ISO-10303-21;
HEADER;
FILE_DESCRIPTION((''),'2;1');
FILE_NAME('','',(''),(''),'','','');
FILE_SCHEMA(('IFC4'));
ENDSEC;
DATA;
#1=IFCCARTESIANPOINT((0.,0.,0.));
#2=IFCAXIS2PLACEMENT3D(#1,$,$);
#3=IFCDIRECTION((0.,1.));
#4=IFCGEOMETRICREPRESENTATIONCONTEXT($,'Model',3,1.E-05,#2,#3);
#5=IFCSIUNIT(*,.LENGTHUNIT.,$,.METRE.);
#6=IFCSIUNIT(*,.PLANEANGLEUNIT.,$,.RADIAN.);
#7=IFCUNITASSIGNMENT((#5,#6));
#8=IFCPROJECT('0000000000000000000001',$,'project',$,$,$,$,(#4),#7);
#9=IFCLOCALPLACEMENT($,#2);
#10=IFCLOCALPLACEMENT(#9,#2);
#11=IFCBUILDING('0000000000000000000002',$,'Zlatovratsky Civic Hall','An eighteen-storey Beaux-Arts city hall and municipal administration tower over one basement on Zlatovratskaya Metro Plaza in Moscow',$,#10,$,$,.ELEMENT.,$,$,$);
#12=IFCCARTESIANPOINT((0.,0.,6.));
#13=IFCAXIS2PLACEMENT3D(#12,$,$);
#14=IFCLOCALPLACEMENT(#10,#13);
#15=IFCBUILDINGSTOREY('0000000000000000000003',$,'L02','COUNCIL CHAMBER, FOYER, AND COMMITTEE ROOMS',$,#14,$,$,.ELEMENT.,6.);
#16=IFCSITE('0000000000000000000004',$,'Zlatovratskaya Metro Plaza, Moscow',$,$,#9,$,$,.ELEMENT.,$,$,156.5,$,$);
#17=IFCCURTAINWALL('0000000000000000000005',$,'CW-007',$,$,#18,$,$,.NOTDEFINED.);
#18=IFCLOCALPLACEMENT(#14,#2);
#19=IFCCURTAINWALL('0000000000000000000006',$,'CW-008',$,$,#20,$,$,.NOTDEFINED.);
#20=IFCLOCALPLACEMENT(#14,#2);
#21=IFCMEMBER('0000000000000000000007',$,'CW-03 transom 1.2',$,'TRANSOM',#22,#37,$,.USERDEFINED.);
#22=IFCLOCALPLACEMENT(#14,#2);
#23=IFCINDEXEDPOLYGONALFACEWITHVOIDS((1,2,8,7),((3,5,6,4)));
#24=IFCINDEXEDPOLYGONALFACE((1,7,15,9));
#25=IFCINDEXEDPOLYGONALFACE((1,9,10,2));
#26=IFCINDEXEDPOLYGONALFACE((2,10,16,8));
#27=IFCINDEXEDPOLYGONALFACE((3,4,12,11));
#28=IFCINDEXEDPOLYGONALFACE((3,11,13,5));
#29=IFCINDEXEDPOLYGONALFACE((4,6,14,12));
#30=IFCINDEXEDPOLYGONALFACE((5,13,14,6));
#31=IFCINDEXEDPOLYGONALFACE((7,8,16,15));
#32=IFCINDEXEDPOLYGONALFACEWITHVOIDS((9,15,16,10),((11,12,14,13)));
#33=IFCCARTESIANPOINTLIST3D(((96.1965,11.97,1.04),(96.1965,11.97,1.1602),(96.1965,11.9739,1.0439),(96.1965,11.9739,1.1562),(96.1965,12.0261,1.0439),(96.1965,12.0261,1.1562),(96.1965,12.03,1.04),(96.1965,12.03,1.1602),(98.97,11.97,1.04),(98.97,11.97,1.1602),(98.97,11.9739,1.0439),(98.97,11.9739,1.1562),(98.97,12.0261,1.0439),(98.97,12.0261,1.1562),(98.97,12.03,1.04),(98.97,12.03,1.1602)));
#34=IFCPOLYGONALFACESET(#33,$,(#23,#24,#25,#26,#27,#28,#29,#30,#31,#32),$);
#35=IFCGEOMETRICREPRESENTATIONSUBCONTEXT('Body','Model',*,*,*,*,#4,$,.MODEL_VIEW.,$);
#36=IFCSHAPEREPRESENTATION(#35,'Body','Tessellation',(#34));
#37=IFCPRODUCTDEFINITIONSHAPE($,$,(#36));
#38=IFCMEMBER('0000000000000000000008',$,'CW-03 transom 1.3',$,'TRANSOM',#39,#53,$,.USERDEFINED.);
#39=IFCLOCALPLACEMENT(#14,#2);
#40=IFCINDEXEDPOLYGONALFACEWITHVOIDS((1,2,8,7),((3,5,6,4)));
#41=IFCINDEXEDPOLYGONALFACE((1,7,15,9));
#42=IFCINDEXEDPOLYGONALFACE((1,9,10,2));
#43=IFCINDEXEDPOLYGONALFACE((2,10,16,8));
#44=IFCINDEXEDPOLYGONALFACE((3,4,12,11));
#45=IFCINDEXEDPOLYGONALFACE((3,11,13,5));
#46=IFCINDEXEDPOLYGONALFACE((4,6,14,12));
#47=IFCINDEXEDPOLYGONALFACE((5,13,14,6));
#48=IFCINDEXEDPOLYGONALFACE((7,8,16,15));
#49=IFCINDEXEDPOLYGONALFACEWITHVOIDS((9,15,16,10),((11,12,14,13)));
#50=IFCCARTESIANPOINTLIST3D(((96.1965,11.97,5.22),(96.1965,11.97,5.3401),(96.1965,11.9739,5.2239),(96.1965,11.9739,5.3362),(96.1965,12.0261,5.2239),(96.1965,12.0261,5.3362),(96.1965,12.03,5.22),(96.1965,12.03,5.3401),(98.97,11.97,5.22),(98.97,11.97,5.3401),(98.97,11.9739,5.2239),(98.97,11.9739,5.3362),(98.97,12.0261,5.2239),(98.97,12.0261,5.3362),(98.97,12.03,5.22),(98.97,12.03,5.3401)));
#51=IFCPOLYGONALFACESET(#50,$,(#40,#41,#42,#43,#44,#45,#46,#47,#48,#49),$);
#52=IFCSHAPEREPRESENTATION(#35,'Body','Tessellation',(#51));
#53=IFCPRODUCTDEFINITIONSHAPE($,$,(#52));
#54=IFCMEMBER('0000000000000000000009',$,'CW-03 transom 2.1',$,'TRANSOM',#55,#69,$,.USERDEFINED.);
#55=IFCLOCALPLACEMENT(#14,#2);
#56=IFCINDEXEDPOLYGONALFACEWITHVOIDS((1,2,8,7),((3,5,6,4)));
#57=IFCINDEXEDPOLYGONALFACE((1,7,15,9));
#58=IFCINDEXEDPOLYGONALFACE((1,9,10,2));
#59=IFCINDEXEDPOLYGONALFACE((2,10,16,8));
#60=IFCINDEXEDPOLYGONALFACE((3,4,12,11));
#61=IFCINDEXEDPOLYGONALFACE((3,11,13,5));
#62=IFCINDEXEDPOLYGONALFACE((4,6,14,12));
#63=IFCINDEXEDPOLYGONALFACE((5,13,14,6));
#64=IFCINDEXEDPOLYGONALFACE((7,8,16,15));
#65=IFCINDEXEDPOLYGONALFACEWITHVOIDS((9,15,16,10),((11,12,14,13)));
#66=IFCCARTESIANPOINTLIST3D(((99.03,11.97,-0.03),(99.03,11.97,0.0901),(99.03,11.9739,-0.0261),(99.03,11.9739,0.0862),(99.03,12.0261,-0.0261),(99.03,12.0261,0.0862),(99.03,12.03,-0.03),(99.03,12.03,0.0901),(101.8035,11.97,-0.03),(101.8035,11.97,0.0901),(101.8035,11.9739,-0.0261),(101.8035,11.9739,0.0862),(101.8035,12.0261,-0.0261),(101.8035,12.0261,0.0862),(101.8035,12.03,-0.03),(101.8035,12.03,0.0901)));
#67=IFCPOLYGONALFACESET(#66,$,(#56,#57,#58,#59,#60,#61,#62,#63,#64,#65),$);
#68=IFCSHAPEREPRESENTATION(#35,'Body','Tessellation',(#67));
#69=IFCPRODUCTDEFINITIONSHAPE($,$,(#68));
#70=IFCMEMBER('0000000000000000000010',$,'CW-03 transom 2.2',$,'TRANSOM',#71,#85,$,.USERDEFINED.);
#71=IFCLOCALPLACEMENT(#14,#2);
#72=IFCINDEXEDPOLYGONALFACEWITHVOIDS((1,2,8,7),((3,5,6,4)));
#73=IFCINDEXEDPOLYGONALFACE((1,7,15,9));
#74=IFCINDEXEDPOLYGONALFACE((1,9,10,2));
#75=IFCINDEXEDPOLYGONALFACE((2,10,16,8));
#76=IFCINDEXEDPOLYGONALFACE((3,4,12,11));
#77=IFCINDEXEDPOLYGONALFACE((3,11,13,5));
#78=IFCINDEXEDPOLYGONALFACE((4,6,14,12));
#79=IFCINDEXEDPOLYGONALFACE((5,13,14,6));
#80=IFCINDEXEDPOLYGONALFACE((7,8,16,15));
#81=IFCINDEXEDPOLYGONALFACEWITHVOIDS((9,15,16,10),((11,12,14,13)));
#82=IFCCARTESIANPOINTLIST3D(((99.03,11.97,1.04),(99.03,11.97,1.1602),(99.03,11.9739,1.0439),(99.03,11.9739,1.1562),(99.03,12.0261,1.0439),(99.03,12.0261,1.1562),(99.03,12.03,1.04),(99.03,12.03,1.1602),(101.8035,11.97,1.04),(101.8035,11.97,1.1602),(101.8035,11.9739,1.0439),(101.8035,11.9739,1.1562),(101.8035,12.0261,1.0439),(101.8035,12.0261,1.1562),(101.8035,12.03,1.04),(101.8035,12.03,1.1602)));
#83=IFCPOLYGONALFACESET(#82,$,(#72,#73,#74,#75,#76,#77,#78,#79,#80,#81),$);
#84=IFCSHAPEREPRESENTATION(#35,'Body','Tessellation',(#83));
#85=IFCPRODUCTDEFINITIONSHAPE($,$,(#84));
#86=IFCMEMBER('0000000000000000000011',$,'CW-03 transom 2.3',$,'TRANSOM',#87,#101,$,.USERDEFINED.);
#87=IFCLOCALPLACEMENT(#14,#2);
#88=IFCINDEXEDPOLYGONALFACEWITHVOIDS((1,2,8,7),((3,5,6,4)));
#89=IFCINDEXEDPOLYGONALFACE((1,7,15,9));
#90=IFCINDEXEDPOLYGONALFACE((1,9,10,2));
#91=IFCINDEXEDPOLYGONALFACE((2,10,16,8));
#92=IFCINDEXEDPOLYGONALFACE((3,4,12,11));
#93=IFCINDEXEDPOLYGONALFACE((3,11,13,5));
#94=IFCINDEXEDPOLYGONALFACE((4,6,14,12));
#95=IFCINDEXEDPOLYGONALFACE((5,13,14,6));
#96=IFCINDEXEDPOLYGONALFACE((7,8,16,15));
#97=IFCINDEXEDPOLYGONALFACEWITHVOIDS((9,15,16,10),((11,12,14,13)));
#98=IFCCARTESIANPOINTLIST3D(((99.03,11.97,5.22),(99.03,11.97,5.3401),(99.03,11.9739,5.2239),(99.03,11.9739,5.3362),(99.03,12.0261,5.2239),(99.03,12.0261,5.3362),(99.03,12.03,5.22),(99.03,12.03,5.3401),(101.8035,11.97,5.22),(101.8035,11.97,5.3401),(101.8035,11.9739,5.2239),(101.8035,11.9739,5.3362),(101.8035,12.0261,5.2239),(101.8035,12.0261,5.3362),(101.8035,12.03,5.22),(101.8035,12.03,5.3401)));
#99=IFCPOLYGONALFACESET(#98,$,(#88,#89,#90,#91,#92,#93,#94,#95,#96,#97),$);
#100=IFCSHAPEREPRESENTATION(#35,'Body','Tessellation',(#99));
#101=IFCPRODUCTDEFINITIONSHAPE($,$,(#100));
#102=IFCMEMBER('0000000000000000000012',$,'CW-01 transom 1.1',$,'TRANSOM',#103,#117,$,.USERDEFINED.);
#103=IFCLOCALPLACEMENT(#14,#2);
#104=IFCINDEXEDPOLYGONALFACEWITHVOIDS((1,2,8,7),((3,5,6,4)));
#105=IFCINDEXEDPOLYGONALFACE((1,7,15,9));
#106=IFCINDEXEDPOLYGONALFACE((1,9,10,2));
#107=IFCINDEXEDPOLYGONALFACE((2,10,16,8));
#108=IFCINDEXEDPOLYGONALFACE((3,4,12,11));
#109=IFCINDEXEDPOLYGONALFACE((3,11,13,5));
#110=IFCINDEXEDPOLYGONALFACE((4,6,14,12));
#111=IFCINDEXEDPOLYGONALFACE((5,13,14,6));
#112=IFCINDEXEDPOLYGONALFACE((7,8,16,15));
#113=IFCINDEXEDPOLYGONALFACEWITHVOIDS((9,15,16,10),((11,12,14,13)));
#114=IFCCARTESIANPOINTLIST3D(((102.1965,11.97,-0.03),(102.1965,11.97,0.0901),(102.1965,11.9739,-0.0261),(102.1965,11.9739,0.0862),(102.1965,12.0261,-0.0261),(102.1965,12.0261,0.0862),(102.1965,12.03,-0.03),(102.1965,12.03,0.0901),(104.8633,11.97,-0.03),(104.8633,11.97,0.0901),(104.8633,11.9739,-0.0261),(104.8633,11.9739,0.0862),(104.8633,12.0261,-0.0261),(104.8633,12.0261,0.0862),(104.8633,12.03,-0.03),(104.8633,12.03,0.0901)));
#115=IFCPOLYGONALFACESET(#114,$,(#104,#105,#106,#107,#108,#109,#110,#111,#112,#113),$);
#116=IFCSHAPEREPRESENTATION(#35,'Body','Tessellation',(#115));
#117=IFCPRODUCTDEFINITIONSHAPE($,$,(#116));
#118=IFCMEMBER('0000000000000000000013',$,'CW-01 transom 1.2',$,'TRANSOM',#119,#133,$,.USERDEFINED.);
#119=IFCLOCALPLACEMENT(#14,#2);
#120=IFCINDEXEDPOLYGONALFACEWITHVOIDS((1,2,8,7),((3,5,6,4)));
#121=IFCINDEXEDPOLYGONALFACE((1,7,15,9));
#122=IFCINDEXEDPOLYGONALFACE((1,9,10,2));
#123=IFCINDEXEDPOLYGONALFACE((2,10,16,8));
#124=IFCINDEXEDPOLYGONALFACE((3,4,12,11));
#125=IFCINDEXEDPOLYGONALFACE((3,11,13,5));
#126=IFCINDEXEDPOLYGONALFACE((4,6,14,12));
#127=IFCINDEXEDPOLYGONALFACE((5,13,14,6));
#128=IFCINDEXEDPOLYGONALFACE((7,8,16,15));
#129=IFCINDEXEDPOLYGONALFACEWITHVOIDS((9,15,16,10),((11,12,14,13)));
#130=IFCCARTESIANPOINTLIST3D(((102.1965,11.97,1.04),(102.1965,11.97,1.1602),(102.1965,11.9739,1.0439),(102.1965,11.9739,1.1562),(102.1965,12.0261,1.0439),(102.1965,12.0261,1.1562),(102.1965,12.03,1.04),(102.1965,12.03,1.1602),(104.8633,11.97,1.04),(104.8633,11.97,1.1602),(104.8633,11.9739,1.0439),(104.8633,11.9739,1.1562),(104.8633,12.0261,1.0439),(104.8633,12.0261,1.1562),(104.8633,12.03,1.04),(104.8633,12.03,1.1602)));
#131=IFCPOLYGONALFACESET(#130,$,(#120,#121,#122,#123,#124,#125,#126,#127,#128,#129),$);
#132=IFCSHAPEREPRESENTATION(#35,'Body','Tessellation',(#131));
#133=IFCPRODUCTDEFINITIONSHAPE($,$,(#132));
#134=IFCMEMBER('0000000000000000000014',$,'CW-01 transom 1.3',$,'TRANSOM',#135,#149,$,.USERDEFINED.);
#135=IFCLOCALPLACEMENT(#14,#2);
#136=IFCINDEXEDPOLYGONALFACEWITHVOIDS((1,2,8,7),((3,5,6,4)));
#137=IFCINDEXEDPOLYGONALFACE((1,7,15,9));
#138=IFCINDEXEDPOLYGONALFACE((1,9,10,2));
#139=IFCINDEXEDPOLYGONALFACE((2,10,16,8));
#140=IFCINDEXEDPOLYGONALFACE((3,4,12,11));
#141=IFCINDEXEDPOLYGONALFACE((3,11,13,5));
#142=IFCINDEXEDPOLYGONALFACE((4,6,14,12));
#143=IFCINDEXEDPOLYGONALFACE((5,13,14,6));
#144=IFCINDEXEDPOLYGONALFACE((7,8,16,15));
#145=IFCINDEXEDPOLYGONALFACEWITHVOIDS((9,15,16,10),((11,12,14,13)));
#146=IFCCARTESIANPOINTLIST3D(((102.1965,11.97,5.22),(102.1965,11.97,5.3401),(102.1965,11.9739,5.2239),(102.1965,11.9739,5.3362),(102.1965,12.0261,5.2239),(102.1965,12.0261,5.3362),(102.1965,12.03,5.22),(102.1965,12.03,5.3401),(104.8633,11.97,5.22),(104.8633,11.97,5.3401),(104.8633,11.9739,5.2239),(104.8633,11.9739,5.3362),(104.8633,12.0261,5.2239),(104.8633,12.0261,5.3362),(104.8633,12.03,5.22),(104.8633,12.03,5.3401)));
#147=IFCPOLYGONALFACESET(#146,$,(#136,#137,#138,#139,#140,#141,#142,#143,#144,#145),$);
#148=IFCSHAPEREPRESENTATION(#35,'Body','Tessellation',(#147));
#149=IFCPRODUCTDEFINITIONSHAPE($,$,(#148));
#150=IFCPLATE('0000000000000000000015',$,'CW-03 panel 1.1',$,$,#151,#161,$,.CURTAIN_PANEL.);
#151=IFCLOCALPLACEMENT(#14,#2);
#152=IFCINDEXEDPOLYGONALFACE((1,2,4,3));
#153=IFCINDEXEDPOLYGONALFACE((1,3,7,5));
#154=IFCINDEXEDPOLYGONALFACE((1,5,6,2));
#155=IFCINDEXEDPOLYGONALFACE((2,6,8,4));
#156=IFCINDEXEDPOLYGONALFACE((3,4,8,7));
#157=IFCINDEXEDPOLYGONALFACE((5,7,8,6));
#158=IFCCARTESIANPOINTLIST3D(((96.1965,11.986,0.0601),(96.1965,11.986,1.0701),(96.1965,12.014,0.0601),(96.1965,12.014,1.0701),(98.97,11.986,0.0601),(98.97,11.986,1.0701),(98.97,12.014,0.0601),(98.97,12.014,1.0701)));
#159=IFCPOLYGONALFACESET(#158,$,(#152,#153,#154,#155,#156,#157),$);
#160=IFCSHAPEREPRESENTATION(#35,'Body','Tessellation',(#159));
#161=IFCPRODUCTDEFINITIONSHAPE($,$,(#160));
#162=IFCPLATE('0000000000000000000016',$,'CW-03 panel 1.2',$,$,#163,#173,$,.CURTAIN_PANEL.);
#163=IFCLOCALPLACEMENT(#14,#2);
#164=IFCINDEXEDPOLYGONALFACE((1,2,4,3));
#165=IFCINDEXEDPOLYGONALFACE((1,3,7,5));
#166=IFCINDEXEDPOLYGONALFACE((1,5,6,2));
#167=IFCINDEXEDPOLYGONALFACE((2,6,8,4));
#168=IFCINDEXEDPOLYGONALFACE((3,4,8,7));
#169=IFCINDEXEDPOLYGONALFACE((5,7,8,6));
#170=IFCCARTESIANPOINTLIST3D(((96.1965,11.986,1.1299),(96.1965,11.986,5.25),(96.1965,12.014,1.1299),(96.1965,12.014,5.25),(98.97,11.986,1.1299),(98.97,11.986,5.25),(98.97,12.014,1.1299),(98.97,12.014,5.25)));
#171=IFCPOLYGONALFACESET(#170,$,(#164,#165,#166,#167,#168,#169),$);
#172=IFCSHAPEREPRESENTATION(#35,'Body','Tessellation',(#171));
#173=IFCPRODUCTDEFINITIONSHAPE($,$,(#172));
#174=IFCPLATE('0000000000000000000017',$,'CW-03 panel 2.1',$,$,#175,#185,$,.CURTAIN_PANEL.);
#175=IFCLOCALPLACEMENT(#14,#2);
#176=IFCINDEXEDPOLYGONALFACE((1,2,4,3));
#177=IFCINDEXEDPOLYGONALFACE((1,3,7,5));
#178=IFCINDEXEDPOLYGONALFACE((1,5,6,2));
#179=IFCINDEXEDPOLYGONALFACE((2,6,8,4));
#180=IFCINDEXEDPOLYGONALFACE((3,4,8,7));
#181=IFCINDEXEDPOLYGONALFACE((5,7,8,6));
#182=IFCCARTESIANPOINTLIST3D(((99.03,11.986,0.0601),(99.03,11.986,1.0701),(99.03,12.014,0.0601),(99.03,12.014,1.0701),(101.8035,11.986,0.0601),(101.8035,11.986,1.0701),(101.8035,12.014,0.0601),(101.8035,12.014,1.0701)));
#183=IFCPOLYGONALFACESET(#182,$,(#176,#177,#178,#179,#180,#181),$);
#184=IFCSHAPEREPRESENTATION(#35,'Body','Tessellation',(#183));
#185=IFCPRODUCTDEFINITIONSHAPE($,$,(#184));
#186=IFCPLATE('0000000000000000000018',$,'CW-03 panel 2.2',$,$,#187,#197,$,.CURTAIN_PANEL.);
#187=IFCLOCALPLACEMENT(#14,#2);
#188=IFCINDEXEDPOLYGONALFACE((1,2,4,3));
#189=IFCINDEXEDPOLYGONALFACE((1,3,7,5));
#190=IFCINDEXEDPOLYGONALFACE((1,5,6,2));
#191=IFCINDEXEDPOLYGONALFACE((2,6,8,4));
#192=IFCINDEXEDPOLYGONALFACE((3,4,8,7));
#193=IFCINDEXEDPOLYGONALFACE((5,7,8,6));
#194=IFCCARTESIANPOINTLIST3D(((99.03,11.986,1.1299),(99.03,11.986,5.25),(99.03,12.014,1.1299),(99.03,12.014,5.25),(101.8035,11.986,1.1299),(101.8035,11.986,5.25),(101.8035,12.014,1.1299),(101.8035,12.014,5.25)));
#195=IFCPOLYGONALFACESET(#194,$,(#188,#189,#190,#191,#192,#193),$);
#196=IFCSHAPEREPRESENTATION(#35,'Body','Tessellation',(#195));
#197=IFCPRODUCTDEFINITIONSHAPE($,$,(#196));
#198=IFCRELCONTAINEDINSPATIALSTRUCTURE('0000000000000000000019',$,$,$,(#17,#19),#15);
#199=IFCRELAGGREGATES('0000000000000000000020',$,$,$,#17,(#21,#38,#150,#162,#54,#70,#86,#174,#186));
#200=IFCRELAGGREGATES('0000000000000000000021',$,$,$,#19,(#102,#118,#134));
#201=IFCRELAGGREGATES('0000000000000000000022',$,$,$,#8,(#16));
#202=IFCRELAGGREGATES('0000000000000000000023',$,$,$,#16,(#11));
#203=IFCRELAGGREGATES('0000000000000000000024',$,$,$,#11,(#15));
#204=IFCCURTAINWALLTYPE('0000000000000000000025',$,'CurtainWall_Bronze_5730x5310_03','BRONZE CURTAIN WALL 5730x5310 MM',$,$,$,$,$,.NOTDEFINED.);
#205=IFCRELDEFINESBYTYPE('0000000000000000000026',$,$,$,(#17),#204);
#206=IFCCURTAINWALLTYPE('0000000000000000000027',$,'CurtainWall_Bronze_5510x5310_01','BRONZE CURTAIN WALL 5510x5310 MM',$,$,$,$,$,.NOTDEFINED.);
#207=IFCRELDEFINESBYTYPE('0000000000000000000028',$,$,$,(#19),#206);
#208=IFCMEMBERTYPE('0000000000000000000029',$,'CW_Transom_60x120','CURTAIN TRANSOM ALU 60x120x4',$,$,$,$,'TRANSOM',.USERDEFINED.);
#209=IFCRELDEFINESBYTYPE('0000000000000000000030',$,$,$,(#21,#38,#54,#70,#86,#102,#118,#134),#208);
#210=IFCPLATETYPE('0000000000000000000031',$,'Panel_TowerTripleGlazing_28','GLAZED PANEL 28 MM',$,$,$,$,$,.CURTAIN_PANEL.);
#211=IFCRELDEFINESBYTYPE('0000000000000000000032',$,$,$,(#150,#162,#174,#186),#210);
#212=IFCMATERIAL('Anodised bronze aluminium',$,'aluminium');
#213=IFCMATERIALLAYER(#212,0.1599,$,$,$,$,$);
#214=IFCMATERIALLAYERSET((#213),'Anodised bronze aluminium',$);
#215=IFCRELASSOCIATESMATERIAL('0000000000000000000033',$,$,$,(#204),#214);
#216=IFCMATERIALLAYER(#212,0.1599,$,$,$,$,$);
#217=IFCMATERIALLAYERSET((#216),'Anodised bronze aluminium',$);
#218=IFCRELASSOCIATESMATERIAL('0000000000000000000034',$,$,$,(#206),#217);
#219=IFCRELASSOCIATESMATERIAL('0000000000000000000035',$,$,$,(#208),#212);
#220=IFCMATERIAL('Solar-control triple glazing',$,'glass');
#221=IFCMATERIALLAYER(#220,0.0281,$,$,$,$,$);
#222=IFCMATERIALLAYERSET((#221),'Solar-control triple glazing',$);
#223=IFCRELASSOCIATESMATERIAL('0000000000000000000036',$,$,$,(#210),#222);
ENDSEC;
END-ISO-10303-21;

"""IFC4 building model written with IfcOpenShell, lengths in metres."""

from ifc_helpers import new_model, si_unit, direction, frame, origin, origin_2d, place, context, subcontext, project, spatial, rectangle, hollow_rectangle, extrude, material, layer, layer_set, material_profile, profile_set, type_object, element, aggregate, save


model = new_model("IFC4")

# Units and contexts
model_context = context("Model", 3, precision=1e-05, world=origin(), true_north=direction((0.0, 1.0)))
body_context = subcontext(model_context, "Body", "Model", "MODEL_VIEW")
ifc_project = project(units=[si_unit("LENGTHUNIT", "METRE"), si_unit("PLANEANGLEUNIT", "RADIAN")], contexts=[model_context])

# Site, building, storey
site_placement = place(None, origin())
site = spatial("IfcSite", under=ifc_project, at=site_placement, Name="Zlatovratskaya Metro Plaza, Moscow", CompositionType="ELEMENT", RefElevation=156.5)
building_placement = place(site_placement, origin())
building = spatial("IfcBuilding", under=site, at=building_placement, Name="Zlatovratsky Civic Hall", Description="An eighteen-storey Beaux-Arts city hall and municipal administration tower over one basement on Zlatovratskaya Metro Plaza in Moscow", CompositionType="ELEMENT")
storey_placement = place(building_placement, frame((0.0, 0.0, 6.0)))
storey = spatial("IfcBuildingStorey", under=building, at=storey_placement, Name="L02", Description="COUNCIL CHAMBER, FOYER, AND COMMITTEE ROOMS", CompositionType="ELEMENT", Elevation=6.0)

# Curtain wall
ifc_material_1 = material(Name="Anodised bronze aluminium", Category="aluminium")
ifc_layer_1 = layer(ifc_material_1, 0.1599)
ifc_layer_set_1 = layer_set([ifc_layer_1], Name="Anodised bronze aluminium")
curtain_wall_type_1 = type_object("IfcCurtainWallType", Name="CurtainWall_Bronze_5730x5310_03", Description="BRONZE CURTAIN WALL 5730x5310 MM", PredefinedType="NOTDEFINED", material=ifc_layer_set_1)
curtain_wall_1_placement = place(storey_placement, origin())
curtain_wall_1 = element("IfcCurtainWall", 1, at=curtain_wall_1_placement, inside=storey, type_object=curtain_wall_type_1, Name="CW-007", PredefinedType="NOTDEFINED")

# Curtain wall
ifc_layer_2 = layer(ifc_material_1, 0.1599)
ifc_layer_set_2 = layer_set([ifc_layer_2], Name="Anodised bronze aluminium")
curtain_wall_type_2 = type_object("IfcCurtainWallType", Name="CurtainWall_Bronze_5510x5310_01", Description="BRONZE CURTAIN WALL 5510x5310 MM", PredefinedType="NOTDEFINED", material=ifc_layer_set_2)
curtain_wall_2_placement = place(storey_placement, origin())
curtain_wall_2 = element("IfcCurtainWall", 2, at=curtain_wall_2_placement, inside=storey, type_object=curtain_wall_type_2, Name="CW-008", PredefinedType="NOTDEFINED")

# Members
ifc_material_profile_1 = material_profile(ifc_material_1, hollow_rectangle(XDim=0.0601, YDim=0.1201, WallThickness=0.0039, at=origin_2d()), Name="ALU 60x120x4")
ifc_profile_set_1 = profile_set([ifc_material_profile_1], Name="Anodised bronze aluminium")
member_type_1 = type_object("IfcMemberType", Name="CW_Transom_60x120", Description="CURTAIN TRANSOM ALU 60x120x4", ElementType="TRANSOM", PredefinedType="USERDEFINED", material=ifc_profile_set_1)
member_1_placement = place(storey_placement, frame((96.1965, 12.0, 1.1001), z_axis=(1.0, 0.0, 0.0), x_axis=(0.0, 1.0, 0.0)))
member_1 = element("IfcMember", 3, at=member_1_placement, type_object=member_type_1, Name="CW-03 transom 1.2", ObjectType="TRANSOM", PredefinedType="USERDEFINED", context=body_context, shape_type="SweptSolid", body=[
    extrude(hollow_rectangle(XDim=0.0601, YDim=0.1201, WallThickness=0.0039, at=origin_2d()), origin(), (0.0, 0.0, 1.0), 2.7734),
])
member_2_placement = place(storey_placement, frame((96.1965, 12.0, 5.28), z_axis=(1.0, 0.0, 0.0), x_axis=(0.0, 1.0, 0.0)))
member_2 = element("IfcMember", 4, at=member_2_placement, type_object=member_type_1, Name="CW-03 transom 1.3", ObjectType="TRANSOM", PredefinedType="USERDEFINED", context=body_context, shape_type="SweptSolid", body=[
    extrude(hollow_rectangle(XDim=0.0601, YDim=0.1201, WallThickness=0.0039, at=origin_2d()), origin(), (0.0, 0.0, 1.0), 2.7734),
])
member_3_placement = place(storey_placement, frame((99.03, 12.0, 0.03), z_axis=(1.0, 0.0, 0.0), x_axis=(0.0, 1.0, 0.0)))
member_3 = element("IfcMember", 5, at=member_3_placement, type_object=member_type_1, Name="CW-03 transom 2.1", ObjectType="TRANSOM", PredefinedType="USERDEFINED", context=body_context, shape_type="SweptSolid", body=[
    extrude(hollow_rectangle(XDim=0.0601, YDim=0.1201, WallThickness=0.0039, at=origin_2d()), origin(), (0.0, 0.0, 1.0), 2.7734),
])
member_4_placement = place(storey_placement, frame((99.03, 12.0, 1.1001), z_axis=(1.0, 0.0, 0.0), x_axis=(0.0, 1.0, 0.0)))
member_4 = element("IfcMember", 6, at=member_4_placement, type_object=member_type_1, Name="CW-03 transom 2.2", ObjectType="TRANSOM", PredefinedType="USERDEFINED", context=body_context, shape_type="SweptSolid", body=[
    extrude(hollow_rectangle(XDim=0.0601, YDim=0.1201, WallThickness=0.0039, at=origin_2d()), origin(), (0.0, 0.0, 1.0), 2.7734),
])
member_5_placement = place(storey_placement, frame((99.03, 12.0, 5.28), z_axis=(1.0, 0.0, 0.0), x_axis=(0.0, 1.0, 0.0)))
member_5 = element("IfcMember", 7, at=member_5_placement, type_object=member_type_1, Name="CW-03 transom 2.3", ObjectType="TRANSOM", PredefinedType="USERDEFINED", context=body_context, shape_type="SweptSolid", body=[
    extrude(hollow_rectangle(XDim=0.0601, YDim=0.1201, WallThickness=0.0039, at=origin_2d()), origin(), (0.0, 0.0, 1.0), 2.7734),
])
member_6_placement = place(storey_placement, frame((102.1965, 12.0, 0.03), z_axis=(1.0, 0.0, 0.0), x_axis=(0.0, 1.0, 0.0)))
member_6 = element("IfcMember", 8, at=member_6_placement, type_object=member_type_1, Name="CW-01 transom 1.1", ObjectType="TRANSOM", PredefinedType="USERDEFINED", context=body_context, shape_type="SweptSolid", body=[
    extrude(hollow_rectangle(XDim=0.0601, YDim=0.1201, WallThickness=0.0039, at=origin_2d()), origin(), (0.0, 0.0, 1.0), 2.6667),
])
member_7_placement = place(storey_placement, frame((102.1965, 12.0, 1.1001), z_axis=(1.0, 0.0, 0.0), x_axis=(0.0, 1.0, 0.0)))
member_7 = element("IfcMember", 9, at=member_7_placement, type_object=member_type_1, Name="CW-01 transom 1.2", ObjectType="TRANSOM", PredefinedType="USERDEFINED", context=body_context, shape_type="SweptSolid", body=[
    extrude(hollow_rectangle(XDim=0.0601, YDim=0.1201, WallThickness=0.0039, at=origin_2d()), origin(), (0.0, 0.0, 1.0), 2.6667),
])
member_8_placement = place(storey_placement, frame((102.1965, 12.0, 5.28), z_axis=(1.0, 0.0, 0.0), x_axis=(0.0, 1.0, 0.0)))
member_8 = element("IfcMember", 10, at=member_8_placement, type_object=member_type_1, Name="CW-01 transom 1.3", ObjectType="TRANSOM", PredefinedType="USERDEFINED", context=body_context, shape_type="SweptSolid", body=[
    extrude(hollow_rectangle(XDim=0.0601, YDim=0.1201, WallThickness=0.0039, at=origin_2d()), origin(), (0.0, 0.0, 1.0), 2.6667),
])

# Plates
ifc_material_2 = material(Name="Solar-control triple glazing", Category="glass")
ifc_layer_3 = layer(ifc_material_2, 0.0281)
ifc_layer_set_3 = layer_set([ifc_layer_3], Name="Solar-control triple glazing")
plate_type = type_object("IfcPlateType", Name="Panel_TowerTripleGlazing_28", Description="GLAZED PANEL 28 MM", PredefinedType="CURTAIN_PANEL", material=ifc_layer_set_3)
plate_1_placement = place(storey_placement, frame((97.5833, 12.0, 0.0601), z_axis=(0.0, 0.0, 1.0), x_axis=(1.0, 0.0, 0.0)))
plate_1 = element("IfcPlate", 11, at=plate_1_placement, type_object=plate_type, Name="CW-03 panel 1.1", PredefinedType="CURTAIN_PANEL", context=body_context, shape_type="SweptSolid", body=[
    extrude(rectangle(XDim=2.7734, YDim=0.0281, at=origin_2d()), origin(), (0.0, 0.0, 1.0), 1.01),
])
plate_2_placement = place(storey_placement, frame((97.5833, 12.0, 1.1299), z_axis=(0.0, 0.0, 1.0), x_axis=(1.0, 0.0, 0.0)))
plate_2 = element("IfcPlate", 12, at=plate_2_placement, type_object=plate_type, Name="CW-03 panel 1.2", PredefinedType="CURTAIN_PANEL", context=body_context, shape_type="SweptSolid", body=[
    extrude(rectangle(XDim=2.7734, YDim=0.0281, at=origin_2d()), origin(), (0.0, 0.0, 1.0), 4.1201),
])
plate_3_placement = place(storey_placement, frame((100.4167, 12.0, 0.0601), z_axis=(0.0, 0.0, 1.0), x_axis=(1.0, 0.0, 0.0)))
plate_3 = element("IfcPlate", 13, at=plate_3_placement, type_object=plate_type, Name="CW-03 panel 2.1", PredefinedType="CURTAIN_PANEL", context=body_context, shape_type="SweptSolid", body=[
    extrude(rectangle(XDim=2.7734, YDim=0.0281, at=origin_2d()), origin(), (0.0, 0.0, 1.0), 1.01),
])
plate_4_placement = place(storey_placement, frame((100.4167, 12.0, 1.1299), z_axis=(0.0, 0.0, 1.0), x_axis=(1.0, 0.0, 0.0)))
plate_4 = element("IfcPlate", 14, at=plate_4_placement, type_object=plate_type, Name="CW-03 panel 2.2", PredefinedType="CURTAIN_PANEL", context=body_context, shape_type="SweptSolid", body=[
    extrude(rectangle(XDim=2.7734, YDim=0.0281, at=origin_2d()), origin(), (0.0, 0.0, 1.0), 4.1201),
])
aggregate(curtain_wall_1, [member_1, member_2, plate_1, plate_2, member_3, member_4, member_5, plate_3, plate_4])
aggregate(curtain_wall_2, [member_6, member_7, member_8])

save(model, "model.ifc")
